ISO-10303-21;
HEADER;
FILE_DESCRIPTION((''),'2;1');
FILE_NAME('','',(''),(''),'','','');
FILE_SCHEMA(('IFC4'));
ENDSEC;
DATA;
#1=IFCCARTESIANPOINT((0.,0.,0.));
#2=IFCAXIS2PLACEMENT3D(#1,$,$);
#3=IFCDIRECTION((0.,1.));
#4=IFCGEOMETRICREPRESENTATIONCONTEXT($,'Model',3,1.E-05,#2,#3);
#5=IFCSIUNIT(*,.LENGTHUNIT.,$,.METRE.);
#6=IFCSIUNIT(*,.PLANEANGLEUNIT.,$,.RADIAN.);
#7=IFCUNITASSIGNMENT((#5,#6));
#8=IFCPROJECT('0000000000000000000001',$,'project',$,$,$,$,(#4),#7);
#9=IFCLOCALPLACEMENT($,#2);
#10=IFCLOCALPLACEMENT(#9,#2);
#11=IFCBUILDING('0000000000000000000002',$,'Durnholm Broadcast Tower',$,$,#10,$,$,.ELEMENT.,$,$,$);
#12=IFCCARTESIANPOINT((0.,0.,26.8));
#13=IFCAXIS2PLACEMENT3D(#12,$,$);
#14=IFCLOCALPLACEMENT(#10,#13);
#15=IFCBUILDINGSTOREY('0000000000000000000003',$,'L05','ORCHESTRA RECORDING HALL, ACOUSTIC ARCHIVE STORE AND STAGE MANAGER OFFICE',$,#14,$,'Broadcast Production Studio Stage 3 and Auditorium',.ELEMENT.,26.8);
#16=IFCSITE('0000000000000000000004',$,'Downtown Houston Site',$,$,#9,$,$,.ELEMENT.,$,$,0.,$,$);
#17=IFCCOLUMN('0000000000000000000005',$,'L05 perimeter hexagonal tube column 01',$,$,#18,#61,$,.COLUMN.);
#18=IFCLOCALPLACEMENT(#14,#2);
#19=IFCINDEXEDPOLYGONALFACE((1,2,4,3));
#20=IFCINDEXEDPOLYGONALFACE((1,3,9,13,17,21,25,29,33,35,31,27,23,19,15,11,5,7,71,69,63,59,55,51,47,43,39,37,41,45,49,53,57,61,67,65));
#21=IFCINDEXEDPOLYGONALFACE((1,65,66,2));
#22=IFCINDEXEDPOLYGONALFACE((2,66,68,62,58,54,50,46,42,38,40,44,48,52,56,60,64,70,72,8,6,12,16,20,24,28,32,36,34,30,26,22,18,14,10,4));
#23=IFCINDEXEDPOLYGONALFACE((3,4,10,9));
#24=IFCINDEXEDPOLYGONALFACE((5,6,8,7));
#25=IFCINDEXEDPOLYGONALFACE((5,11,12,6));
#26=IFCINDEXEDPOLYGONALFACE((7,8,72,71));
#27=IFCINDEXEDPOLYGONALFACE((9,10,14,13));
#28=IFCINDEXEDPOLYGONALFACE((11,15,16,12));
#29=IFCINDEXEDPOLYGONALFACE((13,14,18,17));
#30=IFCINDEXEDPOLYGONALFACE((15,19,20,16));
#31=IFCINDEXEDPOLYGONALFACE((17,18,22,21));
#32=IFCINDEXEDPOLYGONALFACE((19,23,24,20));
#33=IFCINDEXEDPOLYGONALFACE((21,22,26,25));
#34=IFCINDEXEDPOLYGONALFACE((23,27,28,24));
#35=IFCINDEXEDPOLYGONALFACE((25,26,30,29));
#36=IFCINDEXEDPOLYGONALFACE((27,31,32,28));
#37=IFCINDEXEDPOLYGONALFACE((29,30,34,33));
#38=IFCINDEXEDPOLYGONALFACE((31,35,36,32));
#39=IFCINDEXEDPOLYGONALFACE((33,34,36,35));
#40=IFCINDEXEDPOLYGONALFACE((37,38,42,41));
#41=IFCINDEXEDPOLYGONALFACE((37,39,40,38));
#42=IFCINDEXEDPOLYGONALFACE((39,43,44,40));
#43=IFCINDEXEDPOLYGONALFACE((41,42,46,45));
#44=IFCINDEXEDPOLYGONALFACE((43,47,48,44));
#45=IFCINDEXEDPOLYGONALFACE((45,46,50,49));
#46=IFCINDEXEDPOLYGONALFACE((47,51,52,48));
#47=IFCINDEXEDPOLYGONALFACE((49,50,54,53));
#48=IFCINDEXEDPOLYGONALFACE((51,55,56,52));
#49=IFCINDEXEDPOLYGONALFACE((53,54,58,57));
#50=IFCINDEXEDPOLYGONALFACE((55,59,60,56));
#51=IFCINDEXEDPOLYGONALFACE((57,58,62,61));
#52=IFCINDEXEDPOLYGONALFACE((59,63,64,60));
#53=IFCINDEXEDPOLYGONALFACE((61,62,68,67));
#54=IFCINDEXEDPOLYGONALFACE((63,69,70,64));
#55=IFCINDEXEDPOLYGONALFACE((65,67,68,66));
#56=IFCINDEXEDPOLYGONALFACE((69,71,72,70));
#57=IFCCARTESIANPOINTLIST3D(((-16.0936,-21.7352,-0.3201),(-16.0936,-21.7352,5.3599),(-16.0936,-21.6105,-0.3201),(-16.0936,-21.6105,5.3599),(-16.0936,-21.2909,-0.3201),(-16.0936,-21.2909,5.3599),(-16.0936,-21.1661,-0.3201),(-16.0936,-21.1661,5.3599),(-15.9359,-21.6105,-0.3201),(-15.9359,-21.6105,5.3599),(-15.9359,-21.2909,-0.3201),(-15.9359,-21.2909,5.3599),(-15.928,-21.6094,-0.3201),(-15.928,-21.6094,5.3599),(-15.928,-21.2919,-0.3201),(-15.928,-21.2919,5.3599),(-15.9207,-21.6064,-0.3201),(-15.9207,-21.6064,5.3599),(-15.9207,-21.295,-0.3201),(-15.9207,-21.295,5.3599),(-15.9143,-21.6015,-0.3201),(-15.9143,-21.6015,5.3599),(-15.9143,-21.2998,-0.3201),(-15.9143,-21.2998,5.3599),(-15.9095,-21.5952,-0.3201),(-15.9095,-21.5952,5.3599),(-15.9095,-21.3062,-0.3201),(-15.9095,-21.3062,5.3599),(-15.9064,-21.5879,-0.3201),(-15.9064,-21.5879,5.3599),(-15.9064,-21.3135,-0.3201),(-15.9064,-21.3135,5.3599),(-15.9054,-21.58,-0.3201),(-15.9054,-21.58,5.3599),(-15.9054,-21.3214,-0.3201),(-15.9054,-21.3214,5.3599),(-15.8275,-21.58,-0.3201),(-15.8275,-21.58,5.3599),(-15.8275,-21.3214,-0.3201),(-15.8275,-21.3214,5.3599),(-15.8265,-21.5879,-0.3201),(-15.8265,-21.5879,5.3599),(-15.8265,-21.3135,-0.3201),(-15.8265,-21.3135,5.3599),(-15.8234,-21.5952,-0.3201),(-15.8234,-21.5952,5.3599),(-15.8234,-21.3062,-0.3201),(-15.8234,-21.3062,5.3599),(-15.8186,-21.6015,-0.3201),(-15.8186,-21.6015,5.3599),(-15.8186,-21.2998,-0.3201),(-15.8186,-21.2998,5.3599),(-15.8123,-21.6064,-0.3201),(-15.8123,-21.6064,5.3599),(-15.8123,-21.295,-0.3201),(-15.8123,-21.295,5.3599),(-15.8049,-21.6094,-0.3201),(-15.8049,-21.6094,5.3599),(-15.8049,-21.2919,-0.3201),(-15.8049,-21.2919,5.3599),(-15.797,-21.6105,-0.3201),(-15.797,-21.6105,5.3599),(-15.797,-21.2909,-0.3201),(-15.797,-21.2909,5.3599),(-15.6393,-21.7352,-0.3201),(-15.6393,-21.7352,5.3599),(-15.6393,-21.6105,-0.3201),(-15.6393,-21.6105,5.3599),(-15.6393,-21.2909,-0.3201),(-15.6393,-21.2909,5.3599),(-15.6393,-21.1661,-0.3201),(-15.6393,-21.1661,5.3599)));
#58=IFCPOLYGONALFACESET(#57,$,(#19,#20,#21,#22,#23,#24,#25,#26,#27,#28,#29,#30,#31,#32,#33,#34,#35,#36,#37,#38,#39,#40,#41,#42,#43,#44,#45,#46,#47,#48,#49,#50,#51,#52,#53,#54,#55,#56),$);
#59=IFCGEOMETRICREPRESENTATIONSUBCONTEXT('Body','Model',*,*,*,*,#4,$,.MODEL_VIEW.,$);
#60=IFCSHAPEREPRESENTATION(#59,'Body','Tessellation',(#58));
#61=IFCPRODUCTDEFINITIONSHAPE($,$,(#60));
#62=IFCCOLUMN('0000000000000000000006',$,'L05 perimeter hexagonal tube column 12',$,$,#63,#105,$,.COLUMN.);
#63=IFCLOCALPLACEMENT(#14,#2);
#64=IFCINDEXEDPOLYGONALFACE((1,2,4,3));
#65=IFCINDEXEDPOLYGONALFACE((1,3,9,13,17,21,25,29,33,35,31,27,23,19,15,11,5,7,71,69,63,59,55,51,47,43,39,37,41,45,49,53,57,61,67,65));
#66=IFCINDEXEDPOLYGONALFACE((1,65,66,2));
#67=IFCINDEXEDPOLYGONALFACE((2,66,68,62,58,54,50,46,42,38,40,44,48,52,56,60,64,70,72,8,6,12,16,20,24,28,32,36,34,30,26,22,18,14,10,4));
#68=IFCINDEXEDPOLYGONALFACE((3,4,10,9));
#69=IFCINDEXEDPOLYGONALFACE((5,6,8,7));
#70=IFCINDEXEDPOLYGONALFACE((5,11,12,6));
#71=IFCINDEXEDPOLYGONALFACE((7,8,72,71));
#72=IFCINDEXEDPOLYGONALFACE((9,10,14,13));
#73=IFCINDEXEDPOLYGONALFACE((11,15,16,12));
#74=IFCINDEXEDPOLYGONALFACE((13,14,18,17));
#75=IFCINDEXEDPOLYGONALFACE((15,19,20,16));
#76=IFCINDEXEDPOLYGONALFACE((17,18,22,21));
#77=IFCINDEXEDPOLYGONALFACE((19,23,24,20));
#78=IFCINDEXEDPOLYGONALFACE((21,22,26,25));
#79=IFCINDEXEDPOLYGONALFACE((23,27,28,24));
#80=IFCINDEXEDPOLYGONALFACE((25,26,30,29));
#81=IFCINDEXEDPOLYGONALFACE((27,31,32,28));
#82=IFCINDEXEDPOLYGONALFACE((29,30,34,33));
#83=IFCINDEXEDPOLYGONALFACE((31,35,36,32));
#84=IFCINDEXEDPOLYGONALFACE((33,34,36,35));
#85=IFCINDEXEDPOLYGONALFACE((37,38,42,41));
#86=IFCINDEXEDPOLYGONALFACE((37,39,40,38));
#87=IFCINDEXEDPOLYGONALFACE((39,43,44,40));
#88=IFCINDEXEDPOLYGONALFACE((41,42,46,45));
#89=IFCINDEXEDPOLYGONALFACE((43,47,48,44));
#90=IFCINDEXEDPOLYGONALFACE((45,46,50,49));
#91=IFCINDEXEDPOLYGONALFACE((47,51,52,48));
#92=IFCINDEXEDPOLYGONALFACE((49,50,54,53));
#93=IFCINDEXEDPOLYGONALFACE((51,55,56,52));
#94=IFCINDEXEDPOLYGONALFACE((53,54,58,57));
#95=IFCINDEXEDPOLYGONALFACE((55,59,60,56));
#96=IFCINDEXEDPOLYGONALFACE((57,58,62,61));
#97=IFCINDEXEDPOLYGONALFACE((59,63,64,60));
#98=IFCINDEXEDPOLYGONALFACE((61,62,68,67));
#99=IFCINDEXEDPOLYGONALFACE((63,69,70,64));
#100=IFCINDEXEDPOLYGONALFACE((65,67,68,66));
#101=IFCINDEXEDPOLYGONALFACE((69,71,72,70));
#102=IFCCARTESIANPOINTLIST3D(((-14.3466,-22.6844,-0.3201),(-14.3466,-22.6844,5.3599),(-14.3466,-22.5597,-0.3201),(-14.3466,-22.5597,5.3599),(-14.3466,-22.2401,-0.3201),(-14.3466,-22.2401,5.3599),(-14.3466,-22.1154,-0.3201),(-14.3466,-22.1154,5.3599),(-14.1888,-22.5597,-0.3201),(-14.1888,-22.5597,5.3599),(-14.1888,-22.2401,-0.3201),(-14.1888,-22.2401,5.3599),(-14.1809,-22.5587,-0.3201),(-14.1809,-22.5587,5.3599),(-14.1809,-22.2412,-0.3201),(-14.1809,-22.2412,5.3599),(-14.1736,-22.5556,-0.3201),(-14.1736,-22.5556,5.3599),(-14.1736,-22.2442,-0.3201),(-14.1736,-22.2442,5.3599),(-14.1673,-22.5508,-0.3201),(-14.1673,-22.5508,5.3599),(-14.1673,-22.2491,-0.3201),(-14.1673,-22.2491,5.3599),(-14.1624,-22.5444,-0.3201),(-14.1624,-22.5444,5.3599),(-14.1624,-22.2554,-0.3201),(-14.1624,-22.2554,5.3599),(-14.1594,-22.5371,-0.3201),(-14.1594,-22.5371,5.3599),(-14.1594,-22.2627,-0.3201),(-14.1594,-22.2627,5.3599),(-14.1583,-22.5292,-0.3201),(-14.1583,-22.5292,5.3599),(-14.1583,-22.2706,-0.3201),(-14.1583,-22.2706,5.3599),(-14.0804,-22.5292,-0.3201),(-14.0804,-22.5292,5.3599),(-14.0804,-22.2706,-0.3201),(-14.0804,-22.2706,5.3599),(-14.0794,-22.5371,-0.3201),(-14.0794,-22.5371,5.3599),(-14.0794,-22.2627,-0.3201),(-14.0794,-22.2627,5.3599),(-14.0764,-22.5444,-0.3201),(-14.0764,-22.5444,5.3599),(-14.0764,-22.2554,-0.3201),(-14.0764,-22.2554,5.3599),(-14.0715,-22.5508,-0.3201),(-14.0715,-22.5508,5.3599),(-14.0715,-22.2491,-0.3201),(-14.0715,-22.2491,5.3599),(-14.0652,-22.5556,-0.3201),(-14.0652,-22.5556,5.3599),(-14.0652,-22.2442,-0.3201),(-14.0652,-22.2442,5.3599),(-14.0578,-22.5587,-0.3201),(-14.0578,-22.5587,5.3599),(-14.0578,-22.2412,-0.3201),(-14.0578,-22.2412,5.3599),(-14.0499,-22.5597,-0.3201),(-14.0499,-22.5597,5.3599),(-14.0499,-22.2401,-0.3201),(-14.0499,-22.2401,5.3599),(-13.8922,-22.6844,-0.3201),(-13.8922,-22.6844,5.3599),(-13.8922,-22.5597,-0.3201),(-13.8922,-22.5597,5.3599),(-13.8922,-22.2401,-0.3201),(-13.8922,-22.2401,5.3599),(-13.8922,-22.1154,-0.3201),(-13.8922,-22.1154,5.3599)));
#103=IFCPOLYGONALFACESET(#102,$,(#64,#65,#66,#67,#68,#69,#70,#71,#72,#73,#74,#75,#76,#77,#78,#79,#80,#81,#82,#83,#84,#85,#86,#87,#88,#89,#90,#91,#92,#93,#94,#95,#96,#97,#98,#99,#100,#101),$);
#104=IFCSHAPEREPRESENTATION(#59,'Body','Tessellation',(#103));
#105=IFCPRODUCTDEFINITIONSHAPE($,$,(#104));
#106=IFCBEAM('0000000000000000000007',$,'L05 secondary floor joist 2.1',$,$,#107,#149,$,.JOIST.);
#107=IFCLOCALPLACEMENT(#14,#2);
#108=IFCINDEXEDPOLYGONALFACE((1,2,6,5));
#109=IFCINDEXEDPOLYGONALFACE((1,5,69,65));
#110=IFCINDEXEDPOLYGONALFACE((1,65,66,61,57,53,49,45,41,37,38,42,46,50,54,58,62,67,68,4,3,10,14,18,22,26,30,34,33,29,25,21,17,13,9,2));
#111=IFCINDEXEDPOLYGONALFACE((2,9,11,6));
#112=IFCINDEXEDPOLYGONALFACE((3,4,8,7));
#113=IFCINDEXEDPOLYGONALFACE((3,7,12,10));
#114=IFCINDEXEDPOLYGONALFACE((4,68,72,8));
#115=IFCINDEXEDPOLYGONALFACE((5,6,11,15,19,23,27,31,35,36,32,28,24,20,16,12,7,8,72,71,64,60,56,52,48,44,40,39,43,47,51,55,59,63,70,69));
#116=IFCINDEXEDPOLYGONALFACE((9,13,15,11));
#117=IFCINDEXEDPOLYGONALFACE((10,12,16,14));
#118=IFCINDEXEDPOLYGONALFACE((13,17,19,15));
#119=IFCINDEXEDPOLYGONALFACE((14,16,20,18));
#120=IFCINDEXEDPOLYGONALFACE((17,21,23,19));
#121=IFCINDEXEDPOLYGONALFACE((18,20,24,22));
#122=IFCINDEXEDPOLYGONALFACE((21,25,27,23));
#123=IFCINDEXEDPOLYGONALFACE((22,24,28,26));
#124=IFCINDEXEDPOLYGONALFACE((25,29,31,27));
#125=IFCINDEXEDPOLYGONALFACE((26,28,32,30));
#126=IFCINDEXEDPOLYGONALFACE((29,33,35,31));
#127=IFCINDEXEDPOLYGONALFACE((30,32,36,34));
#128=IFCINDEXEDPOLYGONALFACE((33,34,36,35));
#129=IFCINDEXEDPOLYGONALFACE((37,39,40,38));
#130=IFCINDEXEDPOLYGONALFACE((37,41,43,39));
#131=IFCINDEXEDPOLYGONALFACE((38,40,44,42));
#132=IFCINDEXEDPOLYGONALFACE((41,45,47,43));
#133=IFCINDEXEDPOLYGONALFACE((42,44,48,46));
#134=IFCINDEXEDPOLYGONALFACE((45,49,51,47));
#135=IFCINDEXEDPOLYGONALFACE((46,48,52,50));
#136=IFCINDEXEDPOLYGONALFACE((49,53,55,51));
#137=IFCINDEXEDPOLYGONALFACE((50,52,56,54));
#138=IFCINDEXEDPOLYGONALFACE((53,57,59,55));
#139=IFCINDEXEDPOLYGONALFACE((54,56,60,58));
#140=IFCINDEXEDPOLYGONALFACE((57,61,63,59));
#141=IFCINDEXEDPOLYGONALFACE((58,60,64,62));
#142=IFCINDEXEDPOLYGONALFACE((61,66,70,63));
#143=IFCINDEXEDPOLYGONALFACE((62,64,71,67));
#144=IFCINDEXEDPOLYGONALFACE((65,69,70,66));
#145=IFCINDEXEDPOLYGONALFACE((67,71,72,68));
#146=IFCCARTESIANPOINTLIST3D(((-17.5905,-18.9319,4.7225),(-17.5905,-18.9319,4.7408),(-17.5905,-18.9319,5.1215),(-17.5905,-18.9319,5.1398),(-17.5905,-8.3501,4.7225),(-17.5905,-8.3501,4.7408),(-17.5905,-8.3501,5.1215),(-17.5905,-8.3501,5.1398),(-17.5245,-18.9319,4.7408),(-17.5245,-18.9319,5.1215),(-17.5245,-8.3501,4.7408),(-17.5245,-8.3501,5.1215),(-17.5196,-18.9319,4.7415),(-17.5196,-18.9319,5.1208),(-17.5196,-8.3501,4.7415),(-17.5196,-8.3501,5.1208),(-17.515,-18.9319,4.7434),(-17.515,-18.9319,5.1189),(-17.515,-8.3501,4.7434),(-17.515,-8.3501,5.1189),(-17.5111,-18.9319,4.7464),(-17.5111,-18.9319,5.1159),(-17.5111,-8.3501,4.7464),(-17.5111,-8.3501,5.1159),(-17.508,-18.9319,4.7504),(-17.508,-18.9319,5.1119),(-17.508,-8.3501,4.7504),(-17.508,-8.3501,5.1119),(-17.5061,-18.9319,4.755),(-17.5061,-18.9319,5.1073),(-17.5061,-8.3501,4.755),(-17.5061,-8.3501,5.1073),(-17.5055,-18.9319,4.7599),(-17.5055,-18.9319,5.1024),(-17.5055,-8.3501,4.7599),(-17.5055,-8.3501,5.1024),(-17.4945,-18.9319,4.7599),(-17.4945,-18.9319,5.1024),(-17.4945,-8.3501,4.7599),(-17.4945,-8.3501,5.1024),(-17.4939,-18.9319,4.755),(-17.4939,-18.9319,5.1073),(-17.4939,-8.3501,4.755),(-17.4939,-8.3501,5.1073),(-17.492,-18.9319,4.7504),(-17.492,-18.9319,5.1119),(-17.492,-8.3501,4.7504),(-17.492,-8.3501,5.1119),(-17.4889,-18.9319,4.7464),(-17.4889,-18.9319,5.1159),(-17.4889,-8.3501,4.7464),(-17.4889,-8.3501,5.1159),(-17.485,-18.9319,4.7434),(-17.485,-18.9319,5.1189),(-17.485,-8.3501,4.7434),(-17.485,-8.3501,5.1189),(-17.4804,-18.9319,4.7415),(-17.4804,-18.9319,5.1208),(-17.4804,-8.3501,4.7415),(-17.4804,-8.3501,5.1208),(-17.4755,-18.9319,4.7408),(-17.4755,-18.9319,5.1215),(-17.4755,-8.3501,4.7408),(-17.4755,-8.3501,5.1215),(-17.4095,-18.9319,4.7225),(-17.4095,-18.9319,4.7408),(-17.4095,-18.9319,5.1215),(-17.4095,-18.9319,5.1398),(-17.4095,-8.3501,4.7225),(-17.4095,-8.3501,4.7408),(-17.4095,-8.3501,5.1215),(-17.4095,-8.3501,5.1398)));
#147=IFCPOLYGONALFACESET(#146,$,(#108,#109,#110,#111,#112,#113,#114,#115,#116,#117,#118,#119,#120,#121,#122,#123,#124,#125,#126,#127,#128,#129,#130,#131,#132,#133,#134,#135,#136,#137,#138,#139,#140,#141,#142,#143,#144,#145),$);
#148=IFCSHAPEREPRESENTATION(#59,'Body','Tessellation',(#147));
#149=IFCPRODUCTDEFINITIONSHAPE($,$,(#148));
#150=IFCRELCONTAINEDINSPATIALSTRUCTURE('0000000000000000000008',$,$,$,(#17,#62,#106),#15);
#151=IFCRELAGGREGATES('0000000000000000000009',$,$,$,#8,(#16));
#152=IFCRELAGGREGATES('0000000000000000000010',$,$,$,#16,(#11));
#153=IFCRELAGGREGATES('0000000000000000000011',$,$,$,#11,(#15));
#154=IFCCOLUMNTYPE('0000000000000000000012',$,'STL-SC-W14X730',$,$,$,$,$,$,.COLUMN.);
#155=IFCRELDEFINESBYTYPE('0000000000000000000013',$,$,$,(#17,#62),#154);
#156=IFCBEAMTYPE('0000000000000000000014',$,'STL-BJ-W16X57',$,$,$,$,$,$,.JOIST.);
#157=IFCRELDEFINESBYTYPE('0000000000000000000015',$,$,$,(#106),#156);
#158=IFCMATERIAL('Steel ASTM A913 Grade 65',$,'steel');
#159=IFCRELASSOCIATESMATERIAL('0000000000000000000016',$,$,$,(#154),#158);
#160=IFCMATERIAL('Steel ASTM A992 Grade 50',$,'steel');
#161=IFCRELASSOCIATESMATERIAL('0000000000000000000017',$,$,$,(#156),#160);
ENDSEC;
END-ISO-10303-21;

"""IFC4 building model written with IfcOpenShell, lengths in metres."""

from ifc_helpers import new_model, si_unit, direction, frame, origin, origin_2d, place, context, subcontext, project, spatial, i_section, extrude, source, transform, mapped, material, material_profile, profile_set, type_object, type_shapes, element, save


model = new_model("IFC4")

# Units and contexts
model_context = context("Model", 3, precision=1e-05, world=origin(), true_north=direction((0.0, 1.0)))
body_context = subcontext(model_context, "Body", "Model", "MODEL_VIEW")
ifc_project = project(units=[si_unit("LENGTHUNIT", "METRE"), si_unit("PLANEANGLEUNIT", "RADIAN")], contexts=[model_context])

# Site, building, storey
site_placement = place(None, origin())
site = spatial("IfcSite", under=ifc_project, at=site_placement, Name="Downtown Houston Site", CompositionType="ELEMENT", RefElevation=0.0)
building_placement = place(site_placement, origin())
building = spatial("IfcBuilding", under=site, at=building_placement, Name="Durnholm Broadcast Tower", CompositionType="ELEMENT")
storey_placement = place(building_placement, frame((0.0, 0.0, 26.8)))
storey = spatial("IfcBuildingStorey", under=building, at=storey_placement, Name="L05", Description="ORCHESTRA RECORDING HALL, ACOUSTIC ARCHIVE STORE AND STAGE MANAGER OFFICE", LongName="Broadcast Production Studio Stage 3 and Auditorium", CompositionType="ELEMENT", Elevation=26.8)

# Columns
ifc_material_1 = material(Name="Steel ASTM A913 Grade 65", Category="steel")
ifc_material_profile_1 = material_profile(ifc_material_1, i_section(OverallWidth=0.4543, OverallDepth=0.5691, WebThickness=0.0779, FlangeThickness=0.1248, FilletRadius=0.0305, at=origin_2d()), Name="W14X730")
ifc_profile_set_1 = profile_set([ifc_material_profile_1], Name="Steel ASTM A913 Grade 65")
column_type = type_object("IfcColumnType", Name="STL-SC-W14X730", PredefinedType="COLUMN", material=ifc_profile_set_1)
shared_shape_1 = source(origin(), body_context, "Body", "SweptSolid", [
    extrude(i_section(OverallWidth=0.4543, OverallDepth=0.5691, WebThickness=0.0779, FlangeThickness=0.1248, FilletRadius=0.0305, at=origin_2d()), origin(), (0.0, 0.0, 1.0), 5.6799),
])
type_shapes(column_type, [shared_shape_1])
for number, where, z_axis, x_axis, name in (
    (1, (-15.8665, -21.4507, -0.3201), (0.0, 0.0, 1.0), (1.0, 0.0, 0.0), "L05 perimeter hexagonal tube column 01"),
    (2, (-14.1194, -22.3999, -0.3201), (0.0, 0.0, 1.0), (1.0, 0.0, 0.0), "L05 perimeter hexagonal tube column 12"),
):
    element("IfcColumn", number, at=place(storey_placement, frame(where, z_axis=z_axis, x_axis=x_axis)), inside=storey, type_object=column_type, Name=name, PredefinedType="COLUMN", context=body_context, shape_type="MappedRepresentation", body=[
        mapped(shared_shape_1, transform((0.0, 0.0, 0.0), x_axis=(1.0, 0.0, 0.0), y_axis=(0.0, 1.0, 0.0), z_axis=(0.0, 0.0, 1.0), scale=1.0)),
    ])

# Beam
ifc_material_2 = material(Name="Steel ASTM A992 Grade 50", Category="steel")
ifc_material_profile_2 = material_profile(ifc_material_2, i_section(OverallWidth=0.1809, OverallDepth=0.4172, WebThickness=0.011, FlangeThickness=0.0183, FilletRadius=0.019, at=origin_2d()), Name="W16X57")
ifc_profile_set_2 = profile_set([ifc_material_profile_2], Name="Steel ASTM A992 Grade 50")
beam_type_1 = type_object("IfcBeamType", Name="STL-BJ-W16X57", PredefinedType="JOIST", material=ifc_profile_set_2)
shared_shape_2 = source(origin(), body_context, "Body", "SweptSolid", [
    extrude(i_section(OverallWidth=0.1809, OverallDepth=0.4172, WebThickness=0.011, FlangeThickness=0.0183, FilletRadius=0.019, at=origin_2d()), origin(), (0.0, 0.0, 1.0), 10.5818),
])
type_shapes(beam_type_1, [shared_shape_2])
beam_1_placement = place(storey_placement, frame((-17.5, -18.9319, 4.9312), z_axis=(0.0, 1.0, 0.0), x_axis=(-1.0, 0.0, 0.0)))
element("IfcBeam", 3, at=beam_1_placement, inside=storey, type_object=beam_type_1, Name="L05 secondary floor joist 2.1", PredefinedType="JOIST", context=body_context, shape_type="MappedRepresentation", body=[
    mapped(shared_shape_2, transform((0.0, 0.0, 0.0), x_axis=(1.0, 0.0, 0.0), y_axis=(0.0, 1.0, 0.0), z_axis=(0.0, 0.0, 1.0), scale=1.0)),
])

save(model, "model.ifc")
